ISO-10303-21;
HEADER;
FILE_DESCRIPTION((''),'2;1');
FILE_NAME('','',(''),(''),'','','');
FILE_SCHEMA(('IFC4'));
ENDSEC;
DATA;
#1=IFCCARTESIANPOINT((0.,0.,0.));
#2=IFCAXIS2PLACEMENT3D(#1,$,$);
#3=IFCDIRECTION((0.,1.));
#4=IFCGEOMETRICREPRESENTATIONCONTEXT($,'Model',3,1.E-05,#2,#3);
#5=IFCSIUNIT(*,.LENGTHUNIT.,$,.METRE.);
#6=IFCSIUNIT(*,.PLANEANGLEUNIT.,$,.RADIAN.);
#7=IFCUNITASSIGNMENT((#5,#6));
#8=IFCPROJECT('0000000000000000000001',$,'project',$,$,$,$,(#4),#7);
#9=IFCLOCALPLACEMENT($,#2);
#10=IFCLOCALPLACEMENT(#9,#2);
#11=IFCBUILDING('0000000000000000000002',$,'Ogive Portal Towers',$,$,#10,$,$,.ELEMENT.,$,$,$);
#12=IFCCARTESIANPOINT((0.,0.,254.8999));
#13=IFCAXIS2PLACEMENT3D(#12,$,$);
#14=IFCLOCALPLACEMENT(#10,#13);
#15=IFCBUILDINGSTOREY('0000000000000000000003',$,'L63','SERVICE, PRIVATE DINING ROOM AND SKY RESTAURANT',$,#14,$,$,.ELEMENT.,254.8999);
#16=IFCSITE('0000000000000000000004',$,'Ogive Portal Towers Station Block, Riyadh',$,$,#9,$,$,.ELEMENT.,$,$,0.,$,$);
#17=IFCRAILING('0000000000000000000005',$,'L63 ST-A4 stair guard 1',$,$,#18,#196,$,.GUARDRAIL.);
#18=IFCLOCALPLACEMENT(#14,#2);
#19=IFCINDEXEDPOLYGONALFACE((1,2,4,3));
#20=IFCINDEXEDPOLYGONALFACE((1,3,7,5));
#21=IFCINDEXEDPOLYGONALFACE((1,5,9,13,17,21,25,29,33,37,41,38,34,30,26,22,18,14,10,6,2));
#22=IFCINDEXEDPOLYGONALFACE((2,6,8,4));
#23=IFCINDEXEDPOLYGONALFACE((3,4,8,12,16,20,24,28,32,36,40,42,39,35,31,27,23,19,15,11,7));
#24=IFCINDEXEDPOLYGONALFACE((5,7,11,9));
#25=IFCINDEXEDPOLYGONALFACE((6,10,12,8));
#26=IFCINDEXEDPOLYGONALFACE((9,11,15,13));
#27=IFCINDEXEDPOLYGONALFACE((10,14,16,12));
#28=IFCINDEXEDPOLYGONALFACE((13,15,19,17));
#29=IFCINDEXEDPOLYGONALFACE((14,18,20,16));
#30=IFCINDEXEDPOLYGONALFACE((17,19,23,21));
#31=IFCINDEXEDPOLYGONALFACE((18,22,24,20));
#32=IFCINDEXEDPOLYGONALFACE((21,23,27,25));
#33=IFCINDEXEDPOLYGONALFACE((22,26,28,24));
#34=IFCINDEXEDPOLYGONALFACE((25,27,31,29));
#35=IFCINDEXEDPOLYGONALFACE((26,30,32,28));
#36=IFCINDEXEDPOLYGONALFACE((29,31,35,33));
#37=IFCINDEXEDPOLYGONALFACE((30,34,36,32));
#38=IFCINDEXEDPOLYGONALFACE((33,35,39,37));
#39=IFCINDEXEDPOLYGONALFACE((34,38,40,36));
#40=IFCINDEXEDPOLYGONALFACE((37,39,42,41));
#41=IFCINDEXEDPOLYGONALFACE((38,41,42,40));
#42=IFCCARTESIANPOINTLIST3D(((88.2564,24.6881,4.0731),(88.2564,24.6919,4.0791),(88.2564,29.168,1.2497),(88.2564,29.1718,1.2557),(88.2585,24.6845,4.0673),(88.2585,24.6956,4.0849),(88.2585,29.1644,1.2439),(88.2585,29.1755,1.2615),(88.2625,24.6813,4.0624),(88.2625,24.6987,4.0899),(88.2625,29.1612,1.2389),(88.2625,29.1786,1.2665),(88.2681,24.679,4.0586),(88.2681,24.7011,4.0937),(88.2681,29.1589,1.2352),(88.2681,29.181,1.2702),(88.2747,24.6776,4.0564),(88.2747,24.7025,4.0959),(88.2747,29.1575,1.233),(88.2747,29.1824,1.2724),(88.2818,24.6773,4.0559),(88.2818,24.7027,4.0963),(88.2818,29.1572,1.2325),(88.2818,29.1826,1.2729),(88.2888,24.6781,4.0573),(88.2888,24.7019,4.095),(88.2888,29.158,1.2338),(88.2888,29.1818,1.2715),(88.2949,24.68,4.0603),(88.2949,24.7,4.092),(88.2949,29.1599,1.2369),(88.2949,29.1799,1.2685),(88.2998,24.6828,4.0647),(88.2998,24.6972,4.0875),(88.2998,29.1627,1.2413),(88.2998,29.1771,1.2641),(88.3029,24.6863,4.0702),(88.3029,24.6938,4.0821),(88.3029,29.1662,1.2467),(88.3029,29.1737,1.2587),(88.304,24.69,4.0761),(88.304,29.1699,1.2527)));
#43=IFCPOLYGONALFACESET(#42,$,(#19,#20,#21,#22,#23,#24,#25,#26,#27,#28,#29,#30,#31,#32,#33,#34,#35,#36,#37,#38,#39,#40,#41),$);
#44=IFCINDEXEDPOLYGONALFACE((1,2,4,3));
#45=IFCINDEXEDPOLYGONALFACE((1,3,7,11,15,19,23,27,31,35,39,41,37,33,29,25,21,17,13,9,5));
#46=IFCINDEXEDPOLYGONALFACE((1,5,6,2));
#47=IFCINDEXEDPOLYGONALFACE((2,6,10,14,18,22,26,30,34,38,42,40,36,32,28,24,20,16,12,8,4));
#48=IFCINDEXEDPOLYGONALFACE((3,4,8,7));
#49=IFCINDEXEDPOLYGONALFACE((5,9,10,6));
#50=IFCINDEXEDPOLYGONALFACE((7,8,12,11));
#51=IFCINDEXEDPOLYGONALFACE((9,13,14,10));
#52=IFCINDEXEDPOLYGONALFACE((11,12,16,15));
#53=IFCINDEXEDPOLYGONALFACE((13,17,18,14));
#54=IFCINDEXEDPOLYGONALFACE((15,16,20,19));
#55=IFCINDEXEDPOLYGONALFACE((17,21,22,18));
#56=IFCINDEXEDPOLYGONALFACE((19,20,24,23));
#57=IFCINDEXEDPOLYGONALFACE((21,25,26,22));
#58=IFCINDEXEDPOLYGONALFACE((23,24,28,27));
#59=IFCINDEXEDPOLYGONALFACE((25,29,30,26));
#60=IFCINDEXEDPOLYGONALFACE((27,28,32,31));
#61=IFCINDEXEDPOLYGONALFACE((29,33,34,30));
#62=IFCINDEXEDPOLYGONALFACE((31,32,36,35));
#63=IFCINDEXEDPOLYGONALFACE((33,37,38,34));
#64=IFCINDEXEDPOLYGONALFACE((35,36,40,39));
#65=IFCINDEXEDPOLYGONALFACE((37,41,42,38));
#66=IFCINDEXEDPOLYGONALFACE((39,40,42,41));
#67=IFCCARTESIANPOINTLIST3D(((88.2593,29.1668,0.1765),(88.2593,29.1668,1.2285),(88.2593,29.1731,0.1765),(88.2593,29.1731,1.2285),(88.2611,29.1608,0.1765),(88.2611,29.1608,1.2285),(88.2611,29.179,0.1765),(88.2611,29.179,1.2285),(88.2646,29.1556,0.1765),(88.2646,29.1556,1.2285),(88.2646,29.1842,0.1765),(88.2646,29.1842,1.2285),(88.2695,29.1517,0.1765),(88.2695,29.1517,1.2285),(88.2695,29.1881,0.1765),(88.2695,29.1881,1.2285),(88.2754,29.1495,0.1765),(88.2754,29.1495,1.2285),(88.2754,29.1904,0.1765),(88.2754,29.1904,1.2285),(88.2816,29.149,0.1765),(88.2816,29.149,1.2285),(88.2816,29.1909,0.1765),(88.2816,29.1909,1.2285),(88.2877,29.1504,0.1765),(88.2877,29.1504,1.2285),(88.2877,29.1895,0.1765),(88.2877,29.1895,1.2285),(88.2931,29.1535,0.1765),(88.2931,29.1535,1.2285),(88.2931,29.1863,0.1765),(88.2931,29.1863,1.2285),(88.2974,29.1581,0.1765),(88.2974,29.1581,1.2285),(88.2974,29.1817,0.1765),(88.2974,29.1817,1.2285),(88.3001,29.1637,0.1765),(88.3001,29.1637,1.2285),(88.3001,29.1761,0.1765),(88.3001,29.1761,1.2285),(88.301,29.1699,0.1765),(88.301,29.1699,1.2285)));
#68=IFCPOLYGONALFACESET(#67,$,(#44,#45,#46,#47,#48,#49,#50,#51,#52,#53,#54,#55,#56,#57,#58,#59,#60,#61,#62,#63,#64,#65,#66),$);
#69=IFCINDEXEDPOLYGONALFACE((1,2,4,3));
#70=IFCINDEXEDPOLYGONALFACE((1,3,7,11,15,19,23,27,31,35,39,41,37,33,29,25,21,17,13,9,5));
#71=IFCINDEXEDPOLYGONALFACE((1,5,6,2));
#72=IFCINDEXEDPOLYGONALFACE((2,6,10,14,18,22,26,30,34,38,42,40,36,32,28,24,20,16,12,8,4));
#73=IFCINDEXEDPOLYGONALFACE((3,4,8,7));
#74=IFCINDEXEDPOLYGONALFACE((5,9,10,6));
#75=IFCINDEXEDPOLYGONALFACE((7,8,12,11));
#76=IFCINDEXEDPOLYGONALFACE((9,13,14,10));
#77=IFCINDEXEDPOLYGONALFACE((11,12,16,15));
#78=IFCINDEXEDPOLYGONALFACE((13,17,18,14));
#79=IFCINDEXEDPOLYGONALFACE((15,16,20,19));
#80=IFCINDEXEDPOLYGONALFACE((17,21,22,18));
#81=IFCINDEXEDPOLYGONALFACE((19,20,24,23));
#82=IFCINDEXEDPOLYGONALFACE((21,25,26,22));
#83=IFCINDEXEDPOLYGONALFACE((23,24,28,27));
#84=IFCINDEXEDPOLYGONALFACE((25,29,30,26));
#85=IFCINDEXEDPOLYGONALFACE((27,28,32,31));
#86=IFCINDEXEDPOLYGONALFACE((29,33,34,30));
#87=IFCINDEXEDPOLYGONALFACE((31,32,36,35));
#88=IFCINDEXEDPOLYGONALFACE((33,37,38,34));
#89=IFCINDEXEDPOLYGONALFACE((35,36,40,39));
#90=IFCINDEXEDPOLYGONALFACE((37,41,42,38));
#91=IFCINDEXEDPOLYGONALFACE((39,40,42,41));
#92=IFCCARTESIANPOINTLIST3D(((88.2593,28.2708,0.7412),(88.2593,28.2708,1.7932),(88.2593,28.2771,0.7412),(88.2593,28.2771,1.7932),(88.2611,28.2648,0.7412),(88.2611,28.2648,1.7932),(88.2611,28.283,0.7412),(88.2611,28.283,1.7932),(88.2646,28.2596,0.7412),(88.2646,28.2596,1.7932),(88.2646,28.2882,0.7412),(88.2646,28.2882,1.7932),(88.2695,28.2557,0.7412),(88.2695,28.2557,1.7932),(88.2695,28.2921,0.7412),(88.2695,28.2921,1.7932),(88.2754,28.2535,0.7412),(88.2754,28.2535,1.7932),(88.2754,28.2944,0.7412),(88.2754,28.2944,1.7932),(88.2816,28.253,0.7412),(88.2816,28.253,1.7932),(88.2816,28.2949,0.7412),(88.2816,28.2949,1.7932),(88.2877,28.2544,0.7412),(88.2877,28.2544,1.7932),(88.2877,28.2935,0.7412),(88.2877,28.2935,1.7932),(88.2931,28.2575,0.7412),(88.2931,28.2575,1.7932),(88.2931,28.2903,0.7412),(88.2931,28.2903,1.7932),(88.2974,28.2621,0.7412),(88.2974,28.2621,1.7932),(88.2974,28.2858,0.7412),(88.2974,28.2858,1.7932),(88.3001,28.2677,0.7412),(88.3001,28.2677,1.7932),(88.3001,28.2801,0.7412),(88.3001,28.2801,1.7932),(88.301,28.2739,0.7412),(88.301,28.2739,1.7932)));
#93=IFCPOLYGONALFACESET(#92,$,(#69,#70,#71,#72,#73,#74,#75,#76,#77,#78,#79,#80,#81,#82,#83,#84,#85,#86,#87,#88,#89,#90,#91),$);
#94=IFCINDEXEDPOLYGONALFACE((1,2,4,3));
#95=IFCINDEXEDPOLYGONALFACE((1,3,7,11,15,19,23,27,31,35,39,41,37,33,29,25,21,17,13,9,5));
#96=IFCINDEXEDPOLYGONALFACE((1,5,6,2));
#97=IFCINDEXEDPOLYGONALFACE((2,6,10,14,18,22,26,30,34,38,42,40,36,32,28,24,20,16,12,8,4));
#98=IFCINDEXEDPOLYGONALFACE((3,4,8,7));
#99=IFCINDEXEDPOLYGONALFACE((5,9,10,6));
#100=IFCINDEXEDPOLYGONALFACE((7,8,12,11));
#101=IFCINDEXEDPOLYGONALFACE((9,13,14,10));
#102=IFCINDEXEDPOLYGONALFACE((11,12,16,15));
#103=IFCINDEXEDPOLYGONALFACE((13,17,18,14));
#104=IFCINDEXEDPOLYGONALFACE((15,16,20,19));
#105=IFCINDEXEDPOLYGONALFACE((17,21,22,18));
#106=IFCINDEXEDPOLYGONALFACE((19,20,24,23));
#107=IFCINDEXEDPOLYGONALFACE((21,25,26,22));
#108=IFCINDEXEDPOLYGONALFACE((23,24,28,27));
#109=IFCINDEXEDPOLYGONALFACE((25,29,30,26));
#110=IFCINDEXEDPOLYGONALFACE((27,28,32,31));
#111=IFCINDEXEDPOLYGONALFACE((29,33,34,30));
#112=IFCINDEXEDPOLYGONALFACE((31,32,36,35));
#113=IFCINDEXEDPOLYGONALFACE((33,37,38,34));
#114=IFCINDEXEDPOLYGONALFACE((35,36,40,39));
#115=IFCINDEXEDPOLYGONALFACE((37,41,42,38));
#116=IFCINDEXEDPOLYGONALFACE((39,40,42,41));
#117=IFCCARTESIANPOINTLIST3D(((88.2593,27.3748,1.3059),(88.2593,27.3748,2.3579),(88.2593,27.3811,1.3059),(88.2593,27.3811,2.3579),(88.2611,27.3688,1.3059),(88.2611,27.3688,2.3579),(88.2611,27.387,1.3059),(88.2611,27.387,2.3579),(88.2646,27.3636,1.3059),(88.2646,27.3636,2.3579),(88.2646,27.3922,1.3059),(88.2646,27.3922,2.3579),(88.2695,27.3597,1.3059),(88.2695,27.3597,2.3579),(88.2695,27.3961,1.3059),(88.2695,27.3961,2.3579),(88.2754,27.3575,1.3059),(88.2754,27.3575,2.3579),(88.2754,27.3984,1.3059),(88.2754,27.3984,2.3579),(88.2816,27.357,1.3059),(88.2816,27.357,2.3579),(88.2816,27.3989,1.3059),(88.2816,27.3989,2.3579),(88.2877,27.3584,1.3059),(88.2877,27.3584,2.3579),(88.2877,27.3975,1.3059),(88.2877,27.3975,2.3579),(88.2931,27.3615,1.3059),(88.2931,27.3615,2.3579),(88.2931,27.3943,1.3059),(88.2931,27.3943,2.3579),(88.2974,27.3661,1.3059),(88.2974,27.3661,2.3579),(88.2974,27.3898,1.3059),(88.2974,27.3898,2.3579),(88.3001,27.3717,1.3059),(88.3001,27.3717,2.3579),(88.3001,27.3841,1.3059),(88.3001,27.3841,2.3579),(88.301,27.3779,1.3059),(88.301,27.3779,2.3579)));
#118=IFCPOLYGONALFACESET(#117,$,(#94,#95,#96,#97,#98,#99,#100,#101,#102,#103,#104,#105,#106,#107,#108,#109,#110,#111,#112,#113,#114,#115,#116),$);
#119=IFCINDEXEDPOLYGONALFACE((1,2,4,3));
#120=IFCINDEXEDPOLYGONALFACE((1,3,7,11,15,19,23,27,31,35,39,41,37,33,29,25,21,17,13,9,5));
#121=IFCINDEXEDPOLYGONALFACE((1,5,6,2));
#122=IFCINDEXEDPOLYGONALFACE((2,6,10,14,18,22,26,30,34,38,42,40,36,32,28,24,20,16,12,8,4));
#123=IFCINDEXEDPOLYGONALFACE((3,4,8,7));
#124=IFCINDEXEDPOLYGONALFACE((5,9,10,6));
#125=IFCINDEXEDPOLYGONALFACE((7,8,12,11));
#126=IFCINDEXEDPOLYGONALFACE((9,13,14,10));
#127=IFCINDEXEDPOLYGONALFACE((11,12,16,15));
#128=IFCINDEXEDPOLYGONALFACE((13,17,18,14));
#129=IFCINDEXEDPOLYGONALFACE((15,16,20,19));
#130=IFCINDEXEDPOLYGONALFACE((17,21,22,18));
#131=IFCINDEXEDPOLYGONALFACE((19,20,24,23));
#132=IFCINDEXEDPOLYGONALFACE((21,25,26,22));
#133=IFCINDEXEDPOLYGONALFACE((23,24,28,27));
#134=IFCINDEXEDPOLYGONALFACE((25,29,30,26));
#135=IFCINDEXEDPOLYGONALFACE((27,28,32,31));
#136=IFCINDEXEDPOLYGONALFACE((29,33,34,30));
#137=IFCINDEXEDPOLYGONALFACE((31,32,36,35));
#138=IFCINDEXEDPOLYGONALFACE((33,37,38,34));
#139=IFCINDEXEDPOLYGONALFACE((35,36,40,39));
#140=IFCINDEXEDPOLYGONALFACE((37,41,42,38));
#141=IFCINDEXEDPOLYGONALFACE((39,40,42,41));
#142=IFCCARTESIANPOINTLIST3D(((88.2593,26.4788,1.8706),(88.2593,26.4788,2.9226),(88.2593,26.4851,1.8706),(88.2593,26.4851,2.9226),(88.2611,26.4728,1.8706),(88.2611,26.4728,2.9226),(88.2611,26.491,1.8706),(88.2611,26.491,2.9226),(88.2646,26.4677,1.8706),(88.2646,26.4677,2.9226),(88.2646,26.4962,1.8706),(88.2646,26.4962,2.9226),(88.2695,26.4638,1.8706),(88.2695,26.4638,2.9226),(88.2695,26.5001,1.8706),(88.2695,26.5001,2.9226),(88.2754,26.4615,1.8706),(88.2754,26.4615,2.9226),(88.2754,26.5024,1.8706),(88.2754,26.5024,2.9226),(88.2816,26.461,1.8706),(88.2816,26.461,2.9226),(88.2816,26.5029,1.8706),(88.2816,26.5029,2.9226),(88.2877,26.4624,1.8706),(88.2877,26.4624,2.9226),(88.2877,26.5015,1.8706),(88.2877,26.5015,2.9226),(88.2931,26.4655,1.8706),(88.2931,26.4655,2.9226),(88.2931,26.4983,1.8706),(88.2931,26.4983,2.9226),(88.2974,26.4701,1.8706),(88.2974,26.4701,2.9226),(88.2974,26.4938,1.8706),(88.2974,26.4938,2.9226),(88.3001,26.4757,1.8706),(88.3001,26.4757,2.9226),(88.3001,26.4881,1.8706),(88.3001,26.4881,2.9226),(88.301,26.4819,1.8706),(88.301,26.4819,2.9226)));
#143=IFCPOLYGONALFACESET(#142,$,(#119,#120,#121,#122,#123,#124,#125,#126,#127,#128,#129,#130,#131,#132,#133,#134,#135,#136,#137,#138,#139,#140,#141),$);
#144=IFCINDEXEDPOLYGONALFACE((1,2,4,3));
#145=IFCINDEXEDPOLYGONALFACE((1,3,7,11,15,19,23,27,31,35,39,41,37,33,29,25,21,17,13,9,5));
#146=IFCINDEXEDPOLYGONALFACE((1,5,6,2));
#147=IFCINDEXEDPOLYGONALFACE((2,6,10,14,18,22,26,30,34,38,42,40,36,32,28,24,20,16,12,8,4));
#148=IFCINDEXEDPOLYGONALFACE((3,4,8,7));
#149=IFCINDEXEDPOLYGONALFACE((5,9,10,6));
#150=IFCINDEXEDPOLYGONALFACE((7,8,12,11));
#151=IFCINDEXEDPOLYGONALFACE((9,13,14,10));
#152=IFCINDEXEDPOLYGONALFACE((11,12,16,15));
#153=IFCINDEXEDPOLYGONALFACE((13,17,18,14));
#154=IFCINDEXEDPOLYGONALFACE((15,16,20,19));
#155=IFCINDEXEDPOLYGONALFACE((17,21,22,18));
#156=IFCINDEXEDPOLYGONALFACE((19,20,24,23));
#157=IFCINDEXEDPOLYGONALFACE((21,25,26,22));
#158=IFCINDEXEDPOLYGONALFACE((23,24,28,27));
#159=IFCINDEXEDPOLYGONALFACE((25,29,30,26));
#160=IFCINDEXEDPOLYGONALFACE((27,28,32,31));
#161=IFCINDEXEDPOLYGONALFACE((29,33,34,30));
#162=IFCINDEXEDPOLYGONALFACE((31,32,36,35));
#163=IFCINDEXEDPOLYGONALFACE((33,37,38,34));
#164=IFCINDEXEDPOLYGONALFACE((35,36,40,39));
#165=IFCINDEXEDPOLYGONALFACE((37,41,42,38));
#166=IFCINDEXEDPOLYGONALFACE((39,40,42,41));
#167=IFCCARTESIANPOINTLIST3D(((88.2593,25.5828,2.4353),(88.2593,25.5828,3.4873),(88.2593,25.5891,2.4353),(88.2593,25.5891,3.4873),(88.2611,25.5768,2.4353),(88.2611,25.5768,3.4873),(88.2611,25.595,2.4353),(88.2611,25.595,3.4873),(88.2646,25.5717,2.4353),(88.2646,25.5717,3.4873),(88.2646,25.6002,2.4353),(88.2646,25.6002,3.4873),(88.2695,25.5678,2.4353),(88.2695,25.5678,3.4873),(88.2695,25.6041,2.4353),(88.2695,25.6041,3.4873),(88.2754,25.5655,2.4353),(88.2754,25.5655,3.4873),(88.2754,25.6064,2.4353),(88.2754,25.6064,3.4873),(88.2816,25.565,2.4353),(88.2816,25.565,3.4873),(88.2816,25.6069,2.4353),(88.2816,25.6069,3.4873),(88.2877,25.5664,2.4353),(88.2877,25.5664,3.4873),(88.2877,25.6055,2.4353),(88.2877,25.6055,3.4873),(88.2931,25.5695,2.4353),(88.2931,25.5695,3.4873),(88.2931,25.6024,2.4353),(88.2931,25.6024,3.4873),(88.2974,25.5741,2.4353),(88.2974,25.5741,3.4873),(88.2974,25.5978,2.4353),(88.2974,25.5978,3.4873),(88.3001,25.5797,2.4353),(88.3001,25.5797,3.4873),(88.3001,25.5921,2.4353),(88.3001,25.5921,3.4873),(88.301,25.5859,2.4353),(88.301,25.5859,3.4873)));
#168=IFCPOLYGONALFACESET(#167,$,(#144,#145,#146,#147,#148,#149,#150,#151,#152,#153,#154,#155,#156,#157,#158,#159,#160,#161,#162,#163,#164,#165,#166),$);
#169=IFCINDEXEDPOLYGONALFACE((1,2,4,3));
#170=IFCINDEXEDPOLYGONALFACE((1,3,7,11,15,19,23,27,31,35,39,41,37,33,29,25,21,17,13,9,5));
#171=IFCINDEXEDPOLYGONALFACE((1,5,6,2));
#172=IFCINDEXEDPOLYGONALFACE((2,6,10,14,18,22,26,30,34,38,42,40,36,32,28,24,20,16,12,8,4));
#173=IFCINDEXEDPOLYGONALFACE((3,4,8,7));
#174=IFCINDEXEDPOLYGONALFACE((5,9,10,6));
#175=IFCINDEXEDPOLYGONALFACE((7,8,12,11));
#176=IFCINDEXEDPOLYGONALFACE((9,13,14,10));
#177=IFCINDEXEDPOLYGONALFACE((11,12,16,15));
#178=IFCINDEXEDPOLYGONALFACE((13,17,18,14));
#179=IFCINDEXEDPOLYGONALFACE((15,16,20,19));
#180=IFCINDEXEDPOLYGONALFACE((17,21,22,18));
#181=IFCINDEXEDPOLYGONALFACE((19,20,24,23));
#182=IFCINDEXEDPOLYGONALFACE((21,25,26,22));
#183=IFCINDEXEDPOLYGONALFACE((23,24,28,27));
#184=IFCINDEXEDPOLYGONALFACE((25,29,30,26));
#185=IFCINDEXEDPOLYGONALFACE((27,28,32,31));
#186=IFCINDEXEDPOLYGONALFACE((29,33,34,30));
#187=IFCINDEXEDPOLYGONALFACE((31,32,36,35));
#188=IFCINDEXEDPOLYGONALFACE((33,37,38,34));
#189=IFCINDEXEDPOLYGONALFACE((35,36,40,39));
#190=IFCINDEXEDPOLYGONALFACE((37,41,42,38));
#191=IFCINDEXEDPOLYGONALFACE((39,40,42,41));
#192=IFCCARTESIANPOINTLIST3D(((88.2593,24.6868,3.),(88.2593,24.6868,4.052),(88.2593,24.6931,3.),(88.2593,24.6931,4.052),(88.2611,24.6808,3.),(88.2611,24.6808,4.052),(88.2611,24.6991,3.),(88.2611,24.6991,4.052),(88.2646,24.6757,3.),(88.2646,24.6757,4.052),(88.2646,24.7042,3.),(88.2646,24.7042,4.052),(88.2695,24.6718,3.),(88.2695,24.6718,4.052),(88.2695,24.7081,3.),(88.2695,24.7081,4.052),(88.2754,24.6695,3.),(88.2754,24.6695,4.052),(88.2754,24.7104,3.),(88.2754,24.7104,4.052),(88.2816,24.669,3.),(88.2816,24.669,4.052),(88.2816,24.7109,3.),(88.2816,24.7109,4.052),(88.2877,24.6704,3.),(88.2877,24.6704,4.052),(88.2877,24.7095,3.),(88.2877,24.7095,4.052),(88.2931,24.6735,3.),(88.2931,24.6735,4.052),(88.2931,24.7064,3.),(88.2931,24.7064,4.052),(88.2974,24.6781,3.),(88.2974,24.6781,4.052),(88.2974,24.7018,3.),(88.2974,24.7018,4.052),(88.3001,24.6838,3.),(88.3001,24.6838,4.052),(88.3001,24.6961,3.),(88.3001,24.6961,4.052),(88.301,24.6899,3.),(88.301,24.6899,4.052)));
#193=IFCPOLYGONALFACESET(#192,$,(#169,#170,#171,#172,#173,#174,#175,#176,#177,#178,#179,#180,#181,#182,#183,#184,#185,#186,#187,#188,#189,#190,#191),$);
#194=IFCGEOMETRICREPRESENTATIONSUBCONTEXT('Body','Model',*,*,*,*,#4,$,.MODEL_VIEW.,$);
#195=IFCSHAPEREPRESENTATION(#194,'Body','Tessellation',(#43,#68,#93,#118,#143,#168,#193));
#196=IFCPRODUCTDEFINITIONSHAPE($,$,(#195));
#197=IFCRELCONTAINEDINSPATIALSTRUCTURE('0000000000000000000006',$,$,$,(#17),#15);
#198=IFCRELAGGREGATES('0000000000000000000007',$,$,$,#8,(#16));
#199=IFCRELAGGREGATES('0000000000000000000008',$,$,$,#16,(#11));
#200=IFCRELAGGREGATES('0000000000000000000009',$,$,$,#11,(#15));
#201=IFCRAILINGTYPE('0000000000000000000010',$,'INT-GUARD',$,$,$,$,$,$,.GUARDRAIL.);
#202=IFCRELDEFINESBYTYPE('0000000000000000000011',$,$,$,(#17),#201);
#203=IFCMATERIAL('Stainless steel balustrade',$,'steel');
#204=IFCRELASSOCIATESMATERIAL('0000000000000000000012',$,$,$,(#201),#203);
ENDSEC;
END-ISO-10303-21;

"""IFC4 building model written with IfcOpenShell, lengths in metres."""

from ifc_helpers import new_model, si_unit, direction, frame, origin, origin_2d, place, context, subcontext, project, spatial, circle, extrude, material, type_object, element, save


model = new_model("IFC4")

# Units and contexts
model_context = context("Model", 3, precision=1e-05, world=origin(), true_north=direction((0.0, 1.0)))
body_context = subcontext(model_context, "Body", "Model", "MODEL_VIEW")
ifc_project = project(units=[si_unit("LENGTHUNIT", "METRE"), si_unit("PLANEANGLEUNIT", "RADIAN")], contexts=[model_context])

# Site, building, storey
site_placement = place(None, origin())
site = spatial("IfcSite", under=ifc_project, at=site_placement, Name="Ogive Portal Towers Station Block, Riyadh", CompositionType="ELEMENT", RefElevation=0.0)
building_placement = place(site_placement, origin())
building = spatial("IfcBuilding", under=site, at=building_placement, Name="Ogive Portal Towers", CompositionType="ELEMENT")
storey_placement = place(building_placement, frame((0.0, 0.0, 254.8999)))
storey = spatial("IfcBuildingStorey", under=building, at=storey_placement, Name="L63", Description="SERVICE, PRIVATE DINING ROOM AND SKY RESTAURANT", CompositionType="ELEMENT", Elevation=254.8999)

# Railing
ifc_material_1 = material(Name="Stainless steel balustrade", Category="steel")
railing_type_1 = type_object("IfcRailingType", Name="INT-GUARD", PredefinedType="GUARDRAIL", material=ifc_material_1)
railing_1_placement = place(storey_placement, frame((88.28, 29.1699, 0.1765)))
element("IfcRailing", 1, at=railing_1_placement, inside=storey, type_object=railing_type_1, Name="L63 ST-A4 stair guard 1", PredefinedType="GUARDRAIL", context=body_context, shape_type="SweptSolid", body=[
    extrude(circle(Radius=0.0239, at=origin_2d()), frame((0.0, 0.0, 1.0762), z_axis=(0.0, -0.845998, 0.533186), x_axis=(1.0, 0.0, 0.0)), (0.0, 0.0, 1.0), 5.2954),
    extrude(circle(Radius=0.021, at=origin_2d()), origin(), (0.0, 0.0, 1.0), 1.052),
    extrude(circle(Radius=0.021, at=origin_2d()), frame((0.0, -0.896, 0.5647)), (0.0, 0.0, 1.0), 1.052),
    extrude(circle(Radius=0.021, at=origin_2d()), frame((0.0, -1.792, 1.1294)), (0.0, 0.0, 1.0), 1.052),
    extrude(circle(Radius=0.021, at=origin_2d()), frame((0.0, -2.688, 1.6941)), (0.0, 0.0, 1.0), 1.052),
    extrude(circle(Radius=0.021, at=origin_2d()), frame((0.0, -3.584, 2.2588)), (0.0, 0.0, 1.0), 1.052),
    extrude(circle(Radius=0.021, at=origin_2d()), frame((0.0, -4.48, 2.8235)), (0.0, 0.0, 1.0), 1.052),
])

save(model, "model.ifc")
